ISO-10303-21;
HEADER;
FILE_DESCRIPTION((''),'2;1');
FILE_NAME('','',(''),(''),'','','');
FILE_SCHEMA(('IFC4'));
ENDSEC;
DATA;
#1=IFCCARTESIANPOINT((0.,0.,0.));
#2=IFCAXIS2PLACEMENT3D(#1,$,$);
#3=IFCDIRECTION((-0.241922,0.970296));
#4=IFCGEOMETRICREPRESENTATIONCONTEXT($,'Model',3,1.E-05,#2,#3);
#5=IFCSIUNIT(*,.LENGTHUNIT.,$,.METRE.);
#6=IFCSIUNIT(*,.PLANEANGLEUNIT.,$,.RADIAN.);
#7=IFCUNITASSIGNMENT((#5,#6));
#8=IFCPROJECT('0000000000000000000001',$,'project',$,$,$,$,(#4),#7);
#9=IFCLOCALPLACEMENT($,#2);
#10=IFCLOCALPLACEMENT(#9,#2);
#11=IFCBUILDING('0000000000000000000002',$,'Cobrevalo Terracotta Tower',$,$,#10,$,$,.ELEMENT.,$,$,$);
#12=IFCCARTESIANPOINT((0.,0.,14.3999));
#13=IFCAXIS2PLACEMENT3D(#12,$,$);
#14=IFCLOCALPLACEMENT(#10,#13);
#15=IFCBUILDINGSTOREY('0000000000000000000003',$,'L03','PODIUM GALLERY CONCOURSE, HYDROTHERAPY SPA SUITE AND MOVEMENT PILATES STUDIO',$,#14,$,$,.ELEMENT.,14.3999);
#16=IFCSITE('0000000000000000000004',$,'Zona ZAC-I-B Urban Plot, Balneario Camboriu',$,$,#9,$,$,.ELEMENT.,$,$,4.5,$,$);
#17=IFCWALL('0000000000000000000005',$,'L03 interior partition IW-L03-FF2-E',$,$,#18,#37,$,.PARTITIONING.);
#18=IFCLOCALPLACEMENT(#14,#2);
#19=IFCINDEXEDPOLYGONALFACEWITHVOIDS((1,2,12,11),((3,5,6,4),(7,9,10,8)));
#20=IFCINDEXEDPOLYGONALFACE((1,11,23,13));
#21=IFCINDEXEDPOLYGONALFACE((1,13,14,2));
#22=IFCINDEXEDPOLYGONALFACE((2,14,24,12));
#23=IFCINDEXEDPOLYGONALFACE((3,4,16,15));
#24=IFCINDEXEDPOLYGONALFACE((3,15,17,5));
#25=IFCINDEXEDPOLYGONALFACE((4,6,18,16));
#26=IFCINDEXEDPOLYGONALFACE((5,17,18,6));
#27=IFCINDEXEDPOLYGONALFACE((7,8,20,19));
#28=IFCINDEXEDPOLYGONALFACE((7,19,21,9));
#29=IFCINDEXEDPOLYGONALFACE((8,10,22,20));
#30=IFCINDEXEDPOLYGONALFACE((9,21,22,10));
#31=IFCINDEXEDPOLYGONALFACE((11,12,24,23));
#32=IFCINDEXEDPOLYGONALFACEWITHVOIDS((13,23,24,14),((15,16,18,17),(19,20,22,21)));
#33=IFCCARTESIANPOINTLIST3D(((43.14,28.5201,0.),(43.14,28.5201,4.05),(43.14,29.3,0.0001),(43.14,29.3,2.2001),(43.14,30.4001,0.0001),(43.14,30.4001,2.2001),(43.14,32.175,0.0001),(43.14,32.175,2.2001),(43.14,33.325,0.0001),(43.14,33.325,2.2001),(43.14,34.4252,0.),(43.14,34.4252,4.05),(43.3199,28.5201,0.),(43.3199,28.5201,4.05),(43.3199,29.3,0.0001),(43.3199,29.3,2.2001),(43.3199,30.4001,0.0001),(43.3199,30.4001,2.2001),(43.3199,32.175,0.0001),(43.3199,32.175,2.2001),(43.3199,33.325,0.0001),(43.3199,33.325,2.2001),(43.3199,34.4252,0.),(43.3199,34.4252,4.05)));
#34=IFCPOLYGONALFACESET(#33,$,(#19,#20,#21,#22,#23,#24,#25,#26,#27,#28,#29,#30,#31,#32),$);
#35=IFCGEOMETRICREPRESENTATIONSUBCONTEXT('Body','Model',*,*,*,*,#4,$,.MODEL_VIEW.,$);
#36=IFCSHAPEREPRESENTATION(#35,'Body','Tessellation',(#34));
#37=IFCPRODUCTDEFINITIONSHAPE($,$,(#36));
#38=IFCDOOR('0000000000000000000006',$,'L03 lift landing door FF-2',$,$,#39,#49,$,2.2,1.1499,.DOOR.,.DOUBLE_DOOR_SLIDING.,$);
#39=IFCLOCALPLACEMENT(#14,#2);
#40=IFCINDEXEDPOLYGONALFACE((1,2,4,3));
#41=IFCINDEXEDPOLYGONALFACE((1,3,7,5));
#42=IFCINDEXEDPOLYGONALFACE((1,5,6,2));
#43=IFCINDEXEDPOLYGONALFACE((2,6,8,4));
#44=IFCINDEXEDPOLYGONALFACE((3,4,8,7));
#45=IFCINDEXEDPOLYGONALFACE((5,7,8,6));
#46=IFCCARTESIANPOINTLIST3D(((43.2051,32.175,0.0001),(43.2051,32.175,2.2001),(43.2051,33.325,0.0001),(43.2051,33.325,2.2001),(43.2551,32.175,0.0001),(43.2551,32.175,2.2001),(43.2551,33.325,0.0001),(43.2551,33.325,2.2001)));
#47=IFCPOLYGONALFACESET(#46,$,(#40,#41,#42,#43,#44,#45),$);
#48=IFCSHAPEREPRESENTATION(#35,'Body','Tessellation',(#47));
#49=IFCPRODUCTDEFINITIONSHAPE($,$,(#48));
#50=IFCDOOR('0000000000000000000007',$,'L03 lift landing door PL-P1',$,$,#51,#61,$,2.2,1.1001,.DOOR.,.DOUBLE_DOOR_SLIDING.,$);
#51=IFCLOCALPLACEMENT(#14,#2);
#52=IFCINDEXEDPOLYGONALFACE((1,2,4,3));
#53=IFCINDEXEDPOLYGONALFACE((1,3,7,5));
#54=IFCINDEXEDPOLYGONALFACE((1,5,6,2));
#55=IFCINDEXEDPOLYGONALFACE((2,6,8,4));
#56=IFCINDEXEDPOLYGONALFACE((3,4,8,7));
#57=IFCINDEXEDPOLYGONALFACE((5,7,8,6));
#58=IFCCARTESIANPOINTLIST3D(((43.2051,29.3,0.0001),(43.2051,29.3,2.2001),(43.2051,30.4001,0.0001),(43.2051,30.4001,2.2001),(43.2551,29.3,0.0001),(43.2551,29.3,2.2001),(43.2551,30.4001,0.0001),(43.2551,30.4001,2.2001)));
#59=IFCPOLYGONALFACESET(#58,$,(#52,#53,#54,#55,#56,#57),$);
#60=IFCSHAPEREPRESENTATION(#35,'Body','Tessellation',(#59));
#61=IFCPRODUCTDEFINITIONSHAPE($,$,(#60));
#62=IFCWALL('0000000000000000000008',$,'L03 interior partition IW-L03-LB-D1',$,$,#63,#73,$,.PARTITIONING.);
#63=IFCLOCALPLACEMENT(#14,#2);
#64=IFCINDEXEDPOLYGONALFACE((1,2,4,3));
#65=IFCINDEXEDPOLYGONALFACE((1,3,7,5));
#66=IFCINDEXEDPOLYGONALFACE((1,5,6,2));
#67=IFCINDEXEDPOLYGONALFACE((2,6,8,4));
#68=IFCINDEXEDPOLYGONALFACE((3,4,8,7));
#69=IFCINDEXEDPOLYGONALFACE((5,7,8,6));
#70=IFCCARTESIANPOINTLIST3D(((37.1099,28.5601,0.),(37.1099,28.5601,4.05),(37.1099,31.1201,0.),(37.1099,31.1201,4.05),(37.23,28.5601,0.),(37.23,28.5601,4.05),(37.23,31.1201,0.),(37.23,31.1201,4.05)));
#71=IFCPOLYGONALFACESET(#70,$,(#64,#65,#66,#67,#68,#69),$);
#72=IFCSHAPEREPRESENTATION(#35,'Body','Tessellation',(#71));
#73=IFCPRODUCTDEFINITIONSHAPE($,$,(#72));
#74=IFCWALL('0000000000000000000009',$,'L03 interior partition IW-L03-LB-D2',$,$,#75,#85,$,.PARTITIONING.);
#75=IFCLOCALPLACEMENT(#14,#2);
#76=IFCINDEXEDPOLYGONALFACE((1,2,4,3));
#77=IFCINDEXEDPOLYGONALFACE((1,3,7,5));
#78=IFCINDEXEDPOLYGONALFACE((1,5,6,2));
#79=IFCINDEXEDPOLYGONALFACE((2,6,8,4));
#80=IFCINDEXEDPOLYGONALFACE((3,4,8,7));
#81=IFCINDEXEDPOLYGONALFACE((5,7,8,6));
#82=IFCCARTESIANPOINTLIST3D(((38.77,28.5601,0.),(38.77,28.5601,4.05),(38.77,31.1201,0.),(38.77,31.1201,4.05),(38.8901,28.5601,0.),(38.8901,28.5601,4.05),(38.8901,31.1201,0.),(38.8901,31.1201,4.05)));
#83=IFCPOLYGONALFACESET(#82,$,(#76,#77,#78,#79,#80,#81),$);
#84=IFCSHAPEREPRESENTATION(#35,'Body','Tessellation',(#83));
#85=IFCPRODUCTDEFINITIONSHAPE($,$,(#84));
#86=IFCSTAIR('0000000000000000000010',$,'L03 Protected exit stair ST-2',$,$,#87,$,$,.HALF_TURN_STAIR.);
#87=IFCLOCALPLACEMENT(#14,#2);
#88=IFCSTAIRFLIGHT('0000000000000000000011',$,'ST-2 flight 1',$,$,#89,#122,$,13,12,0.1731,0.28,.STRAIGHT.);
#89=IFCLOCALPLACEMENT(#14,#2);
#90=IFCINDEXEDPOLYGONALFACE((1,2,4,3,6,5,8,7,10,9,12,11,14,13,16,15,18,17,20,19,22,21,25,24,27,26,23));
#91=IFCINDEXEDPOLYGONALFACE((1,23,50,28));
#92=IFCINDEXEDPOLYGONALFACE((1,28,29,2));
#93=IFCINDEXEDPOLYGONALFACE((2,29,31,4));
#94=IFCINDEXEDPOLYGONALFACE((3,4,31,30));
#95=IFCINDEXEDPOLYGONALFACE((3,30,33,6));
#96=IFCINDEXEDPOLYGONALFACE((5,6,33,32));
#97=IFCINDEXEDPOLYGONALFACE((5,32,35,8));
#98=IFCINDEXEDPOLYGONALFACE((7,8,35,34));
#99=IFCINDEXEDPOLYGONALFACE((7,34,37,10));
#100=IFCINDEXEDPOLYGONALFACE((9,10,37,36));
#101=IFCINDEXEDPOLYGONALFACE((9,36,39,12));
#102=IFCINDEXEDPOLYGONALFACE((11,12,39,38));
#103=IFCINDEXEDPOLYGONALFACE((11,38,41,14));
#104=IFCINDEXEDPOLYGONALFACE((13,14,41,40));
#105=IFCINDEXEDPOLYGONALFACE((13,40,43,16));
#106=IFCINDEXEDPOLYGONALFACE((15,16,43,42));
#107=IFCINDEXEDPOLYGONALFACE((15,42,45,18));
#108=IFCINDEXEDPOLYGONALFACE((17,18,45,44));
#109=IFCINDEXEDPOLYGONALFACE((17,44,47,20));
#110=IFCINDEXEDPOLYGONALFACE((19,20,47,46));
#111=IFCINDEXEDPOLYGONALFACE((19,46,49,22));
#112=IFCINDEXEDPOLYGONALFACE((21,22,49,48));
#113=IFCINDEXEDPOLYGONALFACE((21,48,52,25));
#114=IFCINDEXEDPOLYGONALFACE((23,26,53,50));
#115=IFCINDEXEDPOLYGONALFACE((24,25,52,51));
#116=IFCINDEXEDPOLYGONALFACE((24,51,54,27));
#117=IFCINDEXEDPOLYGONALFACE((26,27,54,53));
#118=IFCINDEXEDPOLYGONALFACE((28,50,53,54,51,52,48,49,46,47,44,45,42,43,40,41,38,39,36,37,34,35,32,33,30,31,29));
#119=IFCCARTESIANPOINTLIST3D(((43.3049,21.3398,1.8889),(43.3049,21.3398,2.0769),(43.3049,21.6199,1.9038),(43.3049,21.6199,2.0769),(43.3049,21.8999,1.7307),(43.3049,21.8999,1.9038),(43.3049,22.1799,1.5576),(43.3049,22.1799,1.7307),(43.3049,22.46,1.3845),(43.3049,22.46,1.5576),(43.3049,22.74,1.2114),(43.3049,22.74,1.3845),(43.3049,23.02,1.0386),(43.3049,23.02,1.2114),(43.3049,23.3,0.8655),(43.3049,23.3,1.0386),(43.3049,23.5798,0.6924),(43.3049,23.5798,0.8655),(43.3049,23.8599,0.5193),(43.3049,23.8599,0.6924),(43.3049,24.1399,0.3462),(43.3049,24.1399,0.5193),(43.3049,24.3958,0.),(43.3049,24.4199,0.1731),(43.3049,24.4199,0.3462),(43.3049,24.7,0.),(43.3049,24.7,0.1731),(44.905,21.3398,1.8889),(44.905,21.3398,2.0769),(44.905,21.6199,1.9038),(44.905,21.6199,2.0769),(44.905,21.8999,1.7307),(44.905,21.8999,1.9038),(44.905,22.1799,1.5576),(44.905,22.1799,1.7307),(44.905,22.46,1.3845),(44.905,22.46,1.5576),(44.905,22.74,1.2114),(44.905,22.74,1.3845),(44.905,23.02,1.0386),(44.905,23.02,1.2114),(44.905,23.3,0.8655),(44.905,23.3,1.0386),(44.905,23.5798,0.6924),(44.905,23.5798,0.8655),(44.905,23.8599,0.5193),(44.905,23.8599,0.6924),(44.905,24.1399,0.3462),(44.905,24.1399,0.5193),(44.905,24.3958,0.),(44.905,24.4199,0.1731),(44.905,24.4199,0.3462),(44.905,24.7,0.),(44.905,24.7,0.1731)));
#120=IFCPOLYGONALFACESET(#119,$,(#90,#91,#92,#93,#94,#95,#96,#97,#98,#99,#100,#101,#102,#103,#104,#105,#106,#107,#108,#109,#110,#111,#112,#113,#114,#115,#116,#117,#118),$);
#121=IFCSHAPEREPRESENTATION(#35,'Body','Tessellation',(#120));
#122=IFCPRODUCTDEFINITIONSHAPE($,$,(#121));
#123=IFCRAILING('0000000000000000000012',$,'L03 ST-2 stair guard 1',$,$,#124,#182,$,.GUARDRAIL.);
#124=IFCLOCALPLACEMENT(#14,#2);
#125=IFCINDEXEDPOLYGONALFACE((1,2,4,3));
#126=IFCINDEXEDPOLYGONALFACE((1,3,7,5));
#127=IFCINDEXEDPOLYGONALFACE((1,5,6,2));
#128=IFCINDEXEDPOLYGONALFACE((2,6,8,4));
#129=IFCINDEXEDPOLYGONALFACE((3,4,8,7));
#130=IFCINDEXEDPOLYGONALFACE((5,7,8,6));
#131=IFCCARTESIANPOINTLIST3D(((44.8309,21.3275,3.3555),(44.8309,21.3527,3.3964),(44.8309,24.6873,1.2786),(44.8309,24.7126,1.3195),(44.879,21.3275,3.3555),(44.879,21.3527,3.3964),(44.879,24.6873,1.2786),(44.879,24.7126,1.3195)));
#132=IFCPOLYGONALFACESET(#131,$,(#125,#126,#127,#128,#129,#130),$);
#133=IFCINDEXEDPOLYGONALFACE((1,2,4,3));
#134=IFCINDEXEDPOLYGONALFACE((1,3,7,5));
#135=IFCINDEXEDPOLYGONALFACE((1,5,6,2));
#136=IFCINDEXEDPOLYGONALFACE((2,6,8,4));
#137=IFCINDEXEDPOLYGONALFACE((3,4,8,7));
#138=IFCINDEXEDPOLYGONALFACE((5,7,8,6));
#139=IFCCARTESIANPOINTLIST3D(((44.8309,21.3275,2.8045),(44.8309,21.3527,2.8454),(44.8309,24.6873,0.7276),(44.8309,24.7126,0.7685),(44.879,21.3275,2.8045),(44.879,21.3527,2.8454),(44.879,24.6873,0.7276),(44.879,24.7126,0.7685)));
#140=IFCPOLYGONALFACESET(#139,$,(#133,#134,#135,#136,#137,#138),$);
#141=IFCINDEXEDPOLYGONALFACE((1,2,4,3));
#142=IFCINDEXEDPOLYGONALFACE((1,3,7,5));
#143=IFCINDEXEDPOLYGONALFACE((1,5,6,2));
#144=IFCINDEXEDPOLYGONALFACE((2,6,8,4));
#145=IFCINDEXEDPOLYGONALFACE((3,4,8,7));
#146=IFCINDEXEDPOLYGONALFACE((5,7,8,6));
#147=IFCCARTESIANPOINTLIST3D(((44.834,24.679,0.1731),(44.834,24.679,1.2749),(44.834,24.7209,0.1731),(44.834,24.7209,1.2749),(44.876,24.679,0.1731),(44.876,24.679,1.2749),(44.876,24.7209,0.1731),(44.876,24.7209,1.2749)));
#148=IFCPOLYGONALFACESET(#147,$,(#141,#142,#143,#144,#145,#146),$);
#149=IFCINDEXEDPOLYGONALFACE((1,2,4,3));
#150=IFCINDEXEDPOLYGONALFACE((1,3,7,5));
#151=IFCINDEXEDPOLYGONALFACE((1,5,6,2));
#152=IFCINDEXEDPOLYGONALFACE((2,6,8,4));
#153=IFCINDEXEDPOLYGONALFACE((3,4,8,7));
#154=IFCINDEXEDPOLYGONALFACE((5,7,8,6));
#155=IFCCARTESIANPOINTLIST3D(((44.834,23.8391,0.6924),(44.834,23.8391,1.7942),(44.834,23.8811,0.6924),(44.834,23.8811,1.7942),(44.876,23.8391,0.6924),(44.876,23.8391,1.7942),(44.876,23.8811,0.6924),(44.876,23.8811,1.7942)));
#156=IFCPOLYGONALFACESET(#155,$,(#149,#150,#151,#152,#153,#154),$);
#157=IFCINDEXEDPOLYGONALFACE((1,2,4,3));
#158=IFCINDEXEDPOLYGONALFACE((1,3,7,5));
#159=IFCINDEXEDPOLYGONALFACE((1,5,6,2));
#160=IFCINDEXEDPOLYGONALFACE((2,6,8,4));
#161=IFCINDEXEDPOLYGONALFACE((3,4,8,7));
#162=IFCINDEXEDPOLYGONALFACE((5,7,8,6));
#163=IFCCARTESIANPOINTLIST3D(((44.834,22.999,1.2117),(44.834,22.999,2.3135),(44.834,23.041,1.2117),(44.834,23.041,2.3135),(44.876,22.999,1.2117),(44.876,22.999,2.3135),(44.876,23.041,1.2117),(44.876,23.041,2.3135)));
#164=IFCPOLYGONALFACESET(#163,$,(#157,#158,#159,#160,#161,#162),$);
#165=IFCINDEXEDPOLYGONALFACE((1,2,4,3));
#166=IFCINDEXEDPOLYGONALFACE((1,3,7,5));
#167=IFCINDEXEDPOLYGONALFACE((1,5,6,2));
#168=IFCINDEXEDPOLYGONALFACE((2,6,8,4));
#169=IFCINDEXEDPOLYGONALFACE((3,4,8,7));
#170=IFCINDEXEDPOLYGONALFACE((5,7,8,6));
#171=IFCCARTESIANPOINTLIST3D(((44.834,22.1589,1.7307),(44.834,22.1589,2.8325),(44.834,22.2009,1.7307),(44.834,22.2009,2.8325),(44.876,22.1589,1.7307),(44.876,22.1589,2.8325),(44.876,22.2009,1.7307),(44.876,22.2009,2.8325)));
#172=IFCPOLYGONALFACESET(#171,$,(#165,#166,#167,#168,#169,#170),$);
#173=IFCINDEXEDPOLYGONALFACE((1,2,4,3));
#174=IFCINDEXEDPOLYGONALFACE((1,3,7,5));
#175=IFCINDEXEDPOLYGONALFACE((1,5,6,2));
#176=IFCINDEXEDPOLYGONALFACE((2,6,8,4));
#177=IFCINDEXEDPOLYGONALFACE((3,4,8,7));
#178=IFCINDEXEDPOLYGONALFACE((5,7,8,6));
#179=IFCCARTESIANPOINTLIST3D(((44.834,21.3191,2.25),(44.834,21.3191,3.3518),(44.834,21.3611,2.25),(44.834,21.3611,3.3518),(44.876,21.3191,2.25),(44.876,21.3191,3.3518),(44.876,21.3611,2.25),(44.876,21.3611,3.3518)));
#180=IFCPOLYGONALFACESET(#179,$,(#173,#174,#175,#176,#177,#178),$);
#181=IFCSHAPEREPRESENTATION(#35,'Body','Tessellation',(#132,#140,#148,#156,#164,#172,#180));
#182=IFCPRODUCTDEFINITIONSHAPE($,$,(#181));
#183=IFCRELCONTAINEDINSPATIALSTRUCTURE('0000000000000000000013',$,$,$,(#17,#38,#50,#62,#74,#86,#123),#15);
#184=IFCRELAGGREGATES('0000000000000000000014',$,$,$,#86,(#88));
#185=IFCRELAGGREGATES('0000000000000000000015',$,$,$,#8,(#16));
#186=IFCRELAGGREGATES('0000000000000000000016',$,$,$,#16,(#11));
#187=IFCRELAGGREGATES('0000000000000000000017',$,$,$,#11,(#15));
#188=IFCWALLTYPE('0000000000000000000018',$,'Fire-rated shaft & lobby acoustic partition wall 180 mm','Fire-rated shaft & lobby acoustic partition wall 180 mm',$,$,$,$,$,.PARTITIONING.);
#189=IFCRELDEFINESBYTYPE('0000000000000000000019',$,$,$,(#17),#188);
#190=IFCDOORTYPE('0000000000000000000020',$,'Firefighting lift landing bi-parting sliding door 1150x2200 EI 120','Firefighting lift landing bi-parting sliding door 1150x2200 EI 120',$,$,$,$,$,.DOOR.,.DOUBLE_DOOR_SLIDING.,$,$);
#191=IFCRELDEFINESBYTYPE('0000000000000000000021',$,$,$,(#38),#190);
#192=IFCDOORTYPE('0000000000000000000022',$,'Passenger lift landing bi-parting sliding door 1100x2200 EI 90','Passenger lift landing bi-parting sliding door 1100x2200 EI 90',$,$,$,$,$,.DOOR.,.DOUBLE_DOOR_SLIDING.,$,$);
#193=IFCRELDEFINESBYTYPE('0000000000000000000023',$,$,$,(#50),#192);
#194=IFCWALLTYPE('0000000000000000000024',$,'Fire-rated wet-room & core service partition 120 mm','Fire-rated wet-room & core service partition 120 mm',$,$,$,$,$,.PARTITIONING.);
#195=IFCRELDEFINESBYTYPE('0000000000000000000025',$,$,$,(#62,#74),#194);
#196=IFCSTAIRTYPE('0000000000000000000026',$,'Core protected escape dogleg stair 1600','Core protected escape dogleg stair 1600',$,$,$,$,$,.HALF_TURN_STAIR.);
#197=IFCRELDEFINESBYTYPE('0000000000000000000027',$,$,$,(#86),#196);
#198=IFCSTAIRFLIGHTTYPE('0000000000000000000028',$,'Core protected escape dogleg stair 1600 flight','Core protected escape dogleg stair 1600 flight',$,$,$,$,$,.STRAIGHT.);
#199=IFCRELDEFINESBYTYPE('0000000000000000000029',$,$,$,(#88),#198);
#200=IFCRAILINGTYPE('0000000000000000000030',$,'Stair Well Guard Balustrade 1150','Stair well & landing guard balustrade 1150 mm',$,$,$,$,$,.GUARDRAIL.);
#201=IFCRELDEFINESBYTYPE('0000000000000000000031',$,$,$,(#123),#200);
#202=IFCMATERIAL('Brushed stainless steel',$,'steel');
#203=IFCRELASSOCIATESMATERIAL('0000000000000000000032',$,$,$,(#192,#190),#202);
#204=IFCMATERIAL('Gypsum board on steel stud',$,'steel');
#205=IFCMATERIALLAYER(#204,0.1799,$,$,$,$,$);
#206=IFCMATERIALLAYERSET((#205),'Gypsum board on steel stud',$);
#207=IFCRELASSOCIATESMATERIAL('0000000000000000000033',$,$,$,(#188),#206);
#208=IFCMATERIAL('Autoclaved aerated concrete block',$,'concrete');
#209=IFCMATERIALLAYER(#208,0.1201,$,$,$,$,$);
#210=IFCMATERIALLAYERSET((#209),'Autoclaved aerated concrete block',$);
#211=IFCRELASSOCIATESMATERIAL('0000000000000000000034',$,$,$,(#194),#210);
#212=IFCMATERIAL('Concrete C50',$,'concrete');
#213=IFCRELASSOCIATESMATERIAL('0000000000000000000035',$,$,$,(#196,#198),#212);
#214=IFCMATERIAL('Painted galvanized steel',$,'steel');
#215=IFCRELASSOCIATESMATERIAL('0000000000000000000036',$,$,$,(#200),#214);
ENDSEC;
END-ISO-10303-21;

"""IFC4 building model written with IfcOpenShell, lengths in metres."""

from ifc_helpers import new_model, si_unit, direction, frame, frame_2d, origin, origin_2d, place, context, subcontext, project, spatial, polyline, rectangle, outline, extrude, source, transform, mapped, material, layer, layer_set, type_object, element, fill, aggregate, save


model = new_model("IFC4")

# Units and contexts
model_context = context("Model", 3, precision=1e-05, world=origin(), true_north=direction((-0.241922, 0.970296)))
body_context = subcontext(model_context, "Body", "Model", "MODEL_VIEW")
ifc_project = project(units=[si_unit("LENGTHUNIT", "METRE"), si_unit("PLANEANGLEUNIT", "RADIAN")], contexts=[model_context])

# Site, building, storey
site_placement = place(None, origin())
site = spatial("IfcSite", under=ifc_project, at=site_placement, Name="Zona ZAC-I-B Urban Plot, Balneario Camboriu", CompositionType="ELEMENT", RefElevation=4.5)
building_placement = place(site_placement, origin())
building = spatial("IfcBuilding", under=site, at=building_placement, Name="Cobrevalo Terracotta Tower", CompositionType="ELEMENT")
storey_placement = place(building_placement, frame((0.0, 0.0, 14.3999)))
storey = spatial("IfcBuildingStorey", under=building, at=storey_placement, Name="L03", Description="PODIUM GALLERY CONCOURSE, HYDROTHERAPY SPA SUITE AND MOVEMENT PILATES STUDIO", CompositionType="ELEMENT", Elevation=14.3999)

# Shared definitions
ifc_material_1 = material(Name="Gypsum board on steel stud", Category="steel")

# Shared definitions
ifc_material_2 = material(Name="Brushed stainless steel", Category="steel")
door_type_1 = type_object("IfcDoorType", Name="Passenger lift landing bi-parting sliding door 1100x2200 EI 90", Description="Passenger lift landing bi-parting sliding door 1100x2200 EI 90", OperationType="DOUBLE_DOOR_SLIDING", PredefinedType="DOOR", material=ifc_material_2)
shared_shape_1 = source(origin(), body_context, "Body", "SweptSolid", [
    extrude(rectangle(XDim=1.1001, YDim=2.2, at=frame_2d((0.55, 1.1001))), frame((0.0, 0.0249, 0.0), z_axis=(0.0, -1.0, 0.0), x_axis=(1.0, 0.0, 0.0)), (0.0, 0.0, 1.0), 0.05),
])

# Shared definitions
ifc_layer_1 = layer(ifc_material_1, 0.1799)
ifc_layer_set_1 = layer_set([ifc_layer_1], Name="Gypsum board on steel stud")
wall_type_1 = type_object("IfcWallType", Name="Fire-rated shaft & lobby acoustic partition wall 180 mm", Description="Fire-rated shaft & lobby acoustic partition wall 180 mm", PredefinedType="PARTITIONING", material=ifc_layer_set_1)

# Wall, openings, doors
wall_1_placement = place(storey_placement, frame((43.23, 28.52, 0.0), z_axis=(0.0, 0.0, 1.0), x_axis=(0.0, 1.0, 0.0)))
wall_1 = element("IfcWall", 1, at=wall_1_placement, inside=storey, type_object=wall_type_1, Name="L03 interior partition IW-L03-FF2-E", PredefinedType="PARTITIONING", context=body_context, shape_type="SweptSolid", body=[
    extrude(rectangle(XDim=5.905, YDim=0.1799, at=frame_2d((2.9526, 0.0))), origin(), (0.0, 0.0, 1.0), 4.05),
])
opening_1_placement = place(wall_1_placement, frame((3.655, 0.0, 0.0)))
opening_1 = element("IfcOpeningElement", 2, at=opening_1_placement, cuts=wall_1, PredefinedType="OPENING", context=body_context, shape_type="SweptSolid", body=[
    extrude(rectangle(XDim=1.1499, YDim=2.2, at=frame_2d((0.575, 1.1001))), frame((0.0, 0.1001, 0.0), z_axis=(0.0, -1.0, 0.0), x_axis=(1.0, 0.0, 0.0)), (0.0, 0.0, 1.0), 0.2),
])
opening_2_placement = place(wall_1_placement, frame((0.78, 0.0, 0.0)))
opening_2 = element("IfcOpeningElement", 3, at=opening_2_placement, cuts=wall_1, PredefinedType="OPENING", context=body_context, shape_type="SweptSolid", body=[
    extrude(rectangle(XDim=1.1001, YDim=2.2, at=frame_2d((0.55, 1.1001))), frame((0.0, 0.1001, 0.0), z_axis=(0.0, -1.0, 0.0), x_axis=(1.0, 0.0, 0.0)), (0.0, 0.0, 1.0), 0.2),
])
door_type_2 = type_object("IfcDoorType", Name="Firefighting lift landing bi-parting sliding door 1150x2200 EI 120", Description="Firefighting lift landing bi-parting sliding door 1150x2200 EI 120", OperationType="DOUBLE_DOOR_SLIDING", PredefinedType="DOOR", material=ifc_material_2)
shared_shape_2 = source(origin(), body_context, "Body", "SweptSolid", [
    extrude(rectangle(XDim=1.1499, YDim=2.2, at=frame_2d((0.575, 1.1001))), frame((0.0, 0.0249, 0.0), z_axis=(0.0, -1.0, 0.0), x_axis=(1.0, 0.0, 0.0)), (0.0, 0.0, 1.0), 0.05),
])
door_1_placement = place(opening_1_placement, origin())
door_1 = element("IfcDoor", 4, at=door_1_placement, inside=storey, type_object=door_type_2, Name="L03 lift landing door FF-2", OperationType="DOUBLE_DOOR_SLIDING", OverallHeight=2.2, OverallWidth=1.1499, PredefinedType="DOOR", context=body_context, shape_type="MappedRepresentation", body=[
    mapped(shared_shape_2, transform((0.0, 0.0, 0.0), scale=1.0)),
])
fill(opening_1, door_1)
door_2_placement = place(opening_2_placement, origin())
door_2 = element("IfcDoor", 5, at=door_2_placement, inside=storey, type_object=door_type_1, Name="L03 lift landing door PL-P1", OperationType="DOUBLE_DOOR_SLIDING", OverallHeight=2.2, OverallWidth=1.1001, PredefinedType="DOOR", context=body_context, shape_type="MappedRepresentation", body=[
    mapped(shared_shape_1, transform((0.0, 0.0, 0.0), scale=1.0)),
])
fill(opening_2, door_2)

# Walls
ifc_material_3 = material(Name="Autoclaved aerated concrete block", Category="concrete")
ifc_layer_2 = layer(ifc_material_3, 0.1201)
ifc_layer_set_2 = layer_set([ifc_layer_2], Name="Autoclaved aerated concrete block")
wall_type_2 = type_object("IfcWallType", Name="Fire-rated wet-room & core service partition 120 mm", Description="Fire-rated wet-room & core service partition 120 mm", PredefinedType="PARTITIONING", material=ifc_layer_set_2)
for number, where, z_axis, x_axis, name in (
    (6, (37.1699, 28.5601, 0.0), (0.0, 0.0, 1.0), (0.0, 1.0, 0.0), "L03 interior partition IW-L03-LB-D1"),
    (7, (38.8301, 28.5601, 0.0), (0.0, 0.0, 1.0), (0.0, 1.0, 0.0), "L03 interior partition IW-L03-LB-D2"),
):
    element("IfcWall", number, at=place(storey_placement, frame(where, z_axis=z_axis, x_axis=x_axis)), inside=storey, type_object=wall_type_2, Name=name, PredefinedType="PARTITIONING", context=body_context, shape_type="SweptSolid", body=[
        extrude(rectangle(XDim=2.5601, YDim=0.1201, at=frame_2d((1.28, 0.0))), origin(), (0.0, 0.0, 1.0), 4.05),
    ])

# Shared definitions
ifc_material_4 = material(Name="Concrete C50", Category="concrete")

# Stair, stair flight
stair_type = type_object("IfcStairType", Name="Core protected escape dogleg stair 1600", Description="Core protected escape dogleg stair 1600", PredefinedType="HALF_TURN_STAIR", material=ifc_material_4)
stair_placement = place(storey_placement, origin())
stair = element("IfcStair", 8, at=stair_placement, inside=storey, type_object=stair_type, Name="L03 Protected exit stair ST-2", PredefinedType="HALF_TURN_STAIR")
stair_flight_type = type_object("IfcStairFlightType", Name="Core protected escape dogleg stair 1600 flight", Description="Core protected escape dogleg stair 1600 flight", PredefinedType="STRAIGHT", material=ifc_material_4)
stair_flight_placement = place(storey_placement, frame((44.105, 24.7, 0.0), z_axis=(0.0, 0.0, 1.0), x_axis=(0.0, -1.0, 0.0)))
stair_flight = element("IfcStairFlight", 9, at=stair_flight_placement, type_object=stair_flight_type, Name="ST-2 flight 1", NumberOfRisers=13, NumberOfTreads=12, PredefinedType="STRAIGHT", RiserHeight=0.1731, TreadLength=0.28, context=body_context, shape_type="SweptSolid", body=[
    extrude(outline(polyline([(0.0, 0.0), (0.0, 0.1731), (0.28, 0.1731), (0.28, 0.3462), (0.5601, 0.3462), (0.5601, 0.5193), (0.8401, 0.5193), (0.8401, 0.6924), (1.1201, 0.6924), (1.1201, 0.8655), (1.3999, 0.8655), (1.3999, 1.0386), (1.6799, 1.0386), (1.6799, 1.2114), (1.96, 1.2114), (1.96, 1.3845), (2.24, 1.3845), (2.24, 1.5576), (2.52, 1.5576), (2.52, 1.7307), (2.8, 1.7307), (2.8, 1.9038), (3.0801, 1.9038), (3.0801, 2.0769), (3.3601, 2.0769), (3.3601, 2.25), (3.3601, 1.8889), (0.3042, 0.0), (0.0, 0.0)])), frame((0.0, 0.8, 0.0), z_axis=(0.0, -1.0, 0.0), x_axis=(1.0, 0.0, 0.0)), (0.0, 0.0, 1.0), 1.6001),
])
aggregate(stair, [stair_flight])

# Railing
ifc_material_5 = material(Name="Painted galvanized steel", Category="steel")
railing_type = type_object("IfcRailingType", Name="Stair Well Guard Balustrade 1150", Description="Stair well & landing guard balustrade 1150 mm", PredefinedType="GUARDRAIL", material=ifc_material_5)
railing_1_placement = place(storey_placement, frame((44.855, 24.7, 0.1731)))
element("IfcRailing", 10, at=railing_1_placement, inside=storey, type_object=railing_type, Name="L03 ST-2 stair guard 1", PredefinedType="GUARDRAIL", context=body_context, shape_type="SweptSolid", body=[
    extrude(rectangle(XDim=0.0481, YDim=0.0481, at=origin_2d()), frame((0.0, 0.0, 1.126), z_axis=(0.0, -0.850606, 0.525803), x_axis=(1.0, 0.0, 0.0)), (0.0, 0.0, 1.0), 3.95),
    extrude(rectangle(XDim=0.0481, YDim=0.0481, at=origin_2d()), frame((0.0, 0.0, 0.575), z_axis=(0.0, -0.850606, 0.525803), x_axis=(1.0, 0.0, 0.0)), (0.0, 0.0, 1.0), 3.95),
    extrude(rectangle(XDim=0.042, YDim=0.042, at=origin_2d()), origin(), (0.0, 0.0, 1.0), 1.1018),
    extrude(rectangle(XDim=0.042, YDim=0.042, at=origin_2d()), frame((0.0, -0.8398, 0.5193)), (0.0, 0.0, 1.0), 1.1018),
    extrude(rectangle(XDim=0.042, YDim=0.042, at=origin_2d()), frame((0.0, -1.6799, 1.0386)), (0.0, 0.0, 1.0), 1.1018),
    extrude(rectangle(XDim=0.042, YDim=0.042, at=origin_2d()), frame((0.0, -2.52, 1.5576)), (0.0, 0.0, 1.0), 1.1018),
    extrude(rectangle(XDim=0.042, YDim=0.042, at=origin_2d()), frame((0.0, -3.3599, 2.0769)), (0.0, 0.0, 1.0), 1.1018),
])

save(model, "model.ifc")
